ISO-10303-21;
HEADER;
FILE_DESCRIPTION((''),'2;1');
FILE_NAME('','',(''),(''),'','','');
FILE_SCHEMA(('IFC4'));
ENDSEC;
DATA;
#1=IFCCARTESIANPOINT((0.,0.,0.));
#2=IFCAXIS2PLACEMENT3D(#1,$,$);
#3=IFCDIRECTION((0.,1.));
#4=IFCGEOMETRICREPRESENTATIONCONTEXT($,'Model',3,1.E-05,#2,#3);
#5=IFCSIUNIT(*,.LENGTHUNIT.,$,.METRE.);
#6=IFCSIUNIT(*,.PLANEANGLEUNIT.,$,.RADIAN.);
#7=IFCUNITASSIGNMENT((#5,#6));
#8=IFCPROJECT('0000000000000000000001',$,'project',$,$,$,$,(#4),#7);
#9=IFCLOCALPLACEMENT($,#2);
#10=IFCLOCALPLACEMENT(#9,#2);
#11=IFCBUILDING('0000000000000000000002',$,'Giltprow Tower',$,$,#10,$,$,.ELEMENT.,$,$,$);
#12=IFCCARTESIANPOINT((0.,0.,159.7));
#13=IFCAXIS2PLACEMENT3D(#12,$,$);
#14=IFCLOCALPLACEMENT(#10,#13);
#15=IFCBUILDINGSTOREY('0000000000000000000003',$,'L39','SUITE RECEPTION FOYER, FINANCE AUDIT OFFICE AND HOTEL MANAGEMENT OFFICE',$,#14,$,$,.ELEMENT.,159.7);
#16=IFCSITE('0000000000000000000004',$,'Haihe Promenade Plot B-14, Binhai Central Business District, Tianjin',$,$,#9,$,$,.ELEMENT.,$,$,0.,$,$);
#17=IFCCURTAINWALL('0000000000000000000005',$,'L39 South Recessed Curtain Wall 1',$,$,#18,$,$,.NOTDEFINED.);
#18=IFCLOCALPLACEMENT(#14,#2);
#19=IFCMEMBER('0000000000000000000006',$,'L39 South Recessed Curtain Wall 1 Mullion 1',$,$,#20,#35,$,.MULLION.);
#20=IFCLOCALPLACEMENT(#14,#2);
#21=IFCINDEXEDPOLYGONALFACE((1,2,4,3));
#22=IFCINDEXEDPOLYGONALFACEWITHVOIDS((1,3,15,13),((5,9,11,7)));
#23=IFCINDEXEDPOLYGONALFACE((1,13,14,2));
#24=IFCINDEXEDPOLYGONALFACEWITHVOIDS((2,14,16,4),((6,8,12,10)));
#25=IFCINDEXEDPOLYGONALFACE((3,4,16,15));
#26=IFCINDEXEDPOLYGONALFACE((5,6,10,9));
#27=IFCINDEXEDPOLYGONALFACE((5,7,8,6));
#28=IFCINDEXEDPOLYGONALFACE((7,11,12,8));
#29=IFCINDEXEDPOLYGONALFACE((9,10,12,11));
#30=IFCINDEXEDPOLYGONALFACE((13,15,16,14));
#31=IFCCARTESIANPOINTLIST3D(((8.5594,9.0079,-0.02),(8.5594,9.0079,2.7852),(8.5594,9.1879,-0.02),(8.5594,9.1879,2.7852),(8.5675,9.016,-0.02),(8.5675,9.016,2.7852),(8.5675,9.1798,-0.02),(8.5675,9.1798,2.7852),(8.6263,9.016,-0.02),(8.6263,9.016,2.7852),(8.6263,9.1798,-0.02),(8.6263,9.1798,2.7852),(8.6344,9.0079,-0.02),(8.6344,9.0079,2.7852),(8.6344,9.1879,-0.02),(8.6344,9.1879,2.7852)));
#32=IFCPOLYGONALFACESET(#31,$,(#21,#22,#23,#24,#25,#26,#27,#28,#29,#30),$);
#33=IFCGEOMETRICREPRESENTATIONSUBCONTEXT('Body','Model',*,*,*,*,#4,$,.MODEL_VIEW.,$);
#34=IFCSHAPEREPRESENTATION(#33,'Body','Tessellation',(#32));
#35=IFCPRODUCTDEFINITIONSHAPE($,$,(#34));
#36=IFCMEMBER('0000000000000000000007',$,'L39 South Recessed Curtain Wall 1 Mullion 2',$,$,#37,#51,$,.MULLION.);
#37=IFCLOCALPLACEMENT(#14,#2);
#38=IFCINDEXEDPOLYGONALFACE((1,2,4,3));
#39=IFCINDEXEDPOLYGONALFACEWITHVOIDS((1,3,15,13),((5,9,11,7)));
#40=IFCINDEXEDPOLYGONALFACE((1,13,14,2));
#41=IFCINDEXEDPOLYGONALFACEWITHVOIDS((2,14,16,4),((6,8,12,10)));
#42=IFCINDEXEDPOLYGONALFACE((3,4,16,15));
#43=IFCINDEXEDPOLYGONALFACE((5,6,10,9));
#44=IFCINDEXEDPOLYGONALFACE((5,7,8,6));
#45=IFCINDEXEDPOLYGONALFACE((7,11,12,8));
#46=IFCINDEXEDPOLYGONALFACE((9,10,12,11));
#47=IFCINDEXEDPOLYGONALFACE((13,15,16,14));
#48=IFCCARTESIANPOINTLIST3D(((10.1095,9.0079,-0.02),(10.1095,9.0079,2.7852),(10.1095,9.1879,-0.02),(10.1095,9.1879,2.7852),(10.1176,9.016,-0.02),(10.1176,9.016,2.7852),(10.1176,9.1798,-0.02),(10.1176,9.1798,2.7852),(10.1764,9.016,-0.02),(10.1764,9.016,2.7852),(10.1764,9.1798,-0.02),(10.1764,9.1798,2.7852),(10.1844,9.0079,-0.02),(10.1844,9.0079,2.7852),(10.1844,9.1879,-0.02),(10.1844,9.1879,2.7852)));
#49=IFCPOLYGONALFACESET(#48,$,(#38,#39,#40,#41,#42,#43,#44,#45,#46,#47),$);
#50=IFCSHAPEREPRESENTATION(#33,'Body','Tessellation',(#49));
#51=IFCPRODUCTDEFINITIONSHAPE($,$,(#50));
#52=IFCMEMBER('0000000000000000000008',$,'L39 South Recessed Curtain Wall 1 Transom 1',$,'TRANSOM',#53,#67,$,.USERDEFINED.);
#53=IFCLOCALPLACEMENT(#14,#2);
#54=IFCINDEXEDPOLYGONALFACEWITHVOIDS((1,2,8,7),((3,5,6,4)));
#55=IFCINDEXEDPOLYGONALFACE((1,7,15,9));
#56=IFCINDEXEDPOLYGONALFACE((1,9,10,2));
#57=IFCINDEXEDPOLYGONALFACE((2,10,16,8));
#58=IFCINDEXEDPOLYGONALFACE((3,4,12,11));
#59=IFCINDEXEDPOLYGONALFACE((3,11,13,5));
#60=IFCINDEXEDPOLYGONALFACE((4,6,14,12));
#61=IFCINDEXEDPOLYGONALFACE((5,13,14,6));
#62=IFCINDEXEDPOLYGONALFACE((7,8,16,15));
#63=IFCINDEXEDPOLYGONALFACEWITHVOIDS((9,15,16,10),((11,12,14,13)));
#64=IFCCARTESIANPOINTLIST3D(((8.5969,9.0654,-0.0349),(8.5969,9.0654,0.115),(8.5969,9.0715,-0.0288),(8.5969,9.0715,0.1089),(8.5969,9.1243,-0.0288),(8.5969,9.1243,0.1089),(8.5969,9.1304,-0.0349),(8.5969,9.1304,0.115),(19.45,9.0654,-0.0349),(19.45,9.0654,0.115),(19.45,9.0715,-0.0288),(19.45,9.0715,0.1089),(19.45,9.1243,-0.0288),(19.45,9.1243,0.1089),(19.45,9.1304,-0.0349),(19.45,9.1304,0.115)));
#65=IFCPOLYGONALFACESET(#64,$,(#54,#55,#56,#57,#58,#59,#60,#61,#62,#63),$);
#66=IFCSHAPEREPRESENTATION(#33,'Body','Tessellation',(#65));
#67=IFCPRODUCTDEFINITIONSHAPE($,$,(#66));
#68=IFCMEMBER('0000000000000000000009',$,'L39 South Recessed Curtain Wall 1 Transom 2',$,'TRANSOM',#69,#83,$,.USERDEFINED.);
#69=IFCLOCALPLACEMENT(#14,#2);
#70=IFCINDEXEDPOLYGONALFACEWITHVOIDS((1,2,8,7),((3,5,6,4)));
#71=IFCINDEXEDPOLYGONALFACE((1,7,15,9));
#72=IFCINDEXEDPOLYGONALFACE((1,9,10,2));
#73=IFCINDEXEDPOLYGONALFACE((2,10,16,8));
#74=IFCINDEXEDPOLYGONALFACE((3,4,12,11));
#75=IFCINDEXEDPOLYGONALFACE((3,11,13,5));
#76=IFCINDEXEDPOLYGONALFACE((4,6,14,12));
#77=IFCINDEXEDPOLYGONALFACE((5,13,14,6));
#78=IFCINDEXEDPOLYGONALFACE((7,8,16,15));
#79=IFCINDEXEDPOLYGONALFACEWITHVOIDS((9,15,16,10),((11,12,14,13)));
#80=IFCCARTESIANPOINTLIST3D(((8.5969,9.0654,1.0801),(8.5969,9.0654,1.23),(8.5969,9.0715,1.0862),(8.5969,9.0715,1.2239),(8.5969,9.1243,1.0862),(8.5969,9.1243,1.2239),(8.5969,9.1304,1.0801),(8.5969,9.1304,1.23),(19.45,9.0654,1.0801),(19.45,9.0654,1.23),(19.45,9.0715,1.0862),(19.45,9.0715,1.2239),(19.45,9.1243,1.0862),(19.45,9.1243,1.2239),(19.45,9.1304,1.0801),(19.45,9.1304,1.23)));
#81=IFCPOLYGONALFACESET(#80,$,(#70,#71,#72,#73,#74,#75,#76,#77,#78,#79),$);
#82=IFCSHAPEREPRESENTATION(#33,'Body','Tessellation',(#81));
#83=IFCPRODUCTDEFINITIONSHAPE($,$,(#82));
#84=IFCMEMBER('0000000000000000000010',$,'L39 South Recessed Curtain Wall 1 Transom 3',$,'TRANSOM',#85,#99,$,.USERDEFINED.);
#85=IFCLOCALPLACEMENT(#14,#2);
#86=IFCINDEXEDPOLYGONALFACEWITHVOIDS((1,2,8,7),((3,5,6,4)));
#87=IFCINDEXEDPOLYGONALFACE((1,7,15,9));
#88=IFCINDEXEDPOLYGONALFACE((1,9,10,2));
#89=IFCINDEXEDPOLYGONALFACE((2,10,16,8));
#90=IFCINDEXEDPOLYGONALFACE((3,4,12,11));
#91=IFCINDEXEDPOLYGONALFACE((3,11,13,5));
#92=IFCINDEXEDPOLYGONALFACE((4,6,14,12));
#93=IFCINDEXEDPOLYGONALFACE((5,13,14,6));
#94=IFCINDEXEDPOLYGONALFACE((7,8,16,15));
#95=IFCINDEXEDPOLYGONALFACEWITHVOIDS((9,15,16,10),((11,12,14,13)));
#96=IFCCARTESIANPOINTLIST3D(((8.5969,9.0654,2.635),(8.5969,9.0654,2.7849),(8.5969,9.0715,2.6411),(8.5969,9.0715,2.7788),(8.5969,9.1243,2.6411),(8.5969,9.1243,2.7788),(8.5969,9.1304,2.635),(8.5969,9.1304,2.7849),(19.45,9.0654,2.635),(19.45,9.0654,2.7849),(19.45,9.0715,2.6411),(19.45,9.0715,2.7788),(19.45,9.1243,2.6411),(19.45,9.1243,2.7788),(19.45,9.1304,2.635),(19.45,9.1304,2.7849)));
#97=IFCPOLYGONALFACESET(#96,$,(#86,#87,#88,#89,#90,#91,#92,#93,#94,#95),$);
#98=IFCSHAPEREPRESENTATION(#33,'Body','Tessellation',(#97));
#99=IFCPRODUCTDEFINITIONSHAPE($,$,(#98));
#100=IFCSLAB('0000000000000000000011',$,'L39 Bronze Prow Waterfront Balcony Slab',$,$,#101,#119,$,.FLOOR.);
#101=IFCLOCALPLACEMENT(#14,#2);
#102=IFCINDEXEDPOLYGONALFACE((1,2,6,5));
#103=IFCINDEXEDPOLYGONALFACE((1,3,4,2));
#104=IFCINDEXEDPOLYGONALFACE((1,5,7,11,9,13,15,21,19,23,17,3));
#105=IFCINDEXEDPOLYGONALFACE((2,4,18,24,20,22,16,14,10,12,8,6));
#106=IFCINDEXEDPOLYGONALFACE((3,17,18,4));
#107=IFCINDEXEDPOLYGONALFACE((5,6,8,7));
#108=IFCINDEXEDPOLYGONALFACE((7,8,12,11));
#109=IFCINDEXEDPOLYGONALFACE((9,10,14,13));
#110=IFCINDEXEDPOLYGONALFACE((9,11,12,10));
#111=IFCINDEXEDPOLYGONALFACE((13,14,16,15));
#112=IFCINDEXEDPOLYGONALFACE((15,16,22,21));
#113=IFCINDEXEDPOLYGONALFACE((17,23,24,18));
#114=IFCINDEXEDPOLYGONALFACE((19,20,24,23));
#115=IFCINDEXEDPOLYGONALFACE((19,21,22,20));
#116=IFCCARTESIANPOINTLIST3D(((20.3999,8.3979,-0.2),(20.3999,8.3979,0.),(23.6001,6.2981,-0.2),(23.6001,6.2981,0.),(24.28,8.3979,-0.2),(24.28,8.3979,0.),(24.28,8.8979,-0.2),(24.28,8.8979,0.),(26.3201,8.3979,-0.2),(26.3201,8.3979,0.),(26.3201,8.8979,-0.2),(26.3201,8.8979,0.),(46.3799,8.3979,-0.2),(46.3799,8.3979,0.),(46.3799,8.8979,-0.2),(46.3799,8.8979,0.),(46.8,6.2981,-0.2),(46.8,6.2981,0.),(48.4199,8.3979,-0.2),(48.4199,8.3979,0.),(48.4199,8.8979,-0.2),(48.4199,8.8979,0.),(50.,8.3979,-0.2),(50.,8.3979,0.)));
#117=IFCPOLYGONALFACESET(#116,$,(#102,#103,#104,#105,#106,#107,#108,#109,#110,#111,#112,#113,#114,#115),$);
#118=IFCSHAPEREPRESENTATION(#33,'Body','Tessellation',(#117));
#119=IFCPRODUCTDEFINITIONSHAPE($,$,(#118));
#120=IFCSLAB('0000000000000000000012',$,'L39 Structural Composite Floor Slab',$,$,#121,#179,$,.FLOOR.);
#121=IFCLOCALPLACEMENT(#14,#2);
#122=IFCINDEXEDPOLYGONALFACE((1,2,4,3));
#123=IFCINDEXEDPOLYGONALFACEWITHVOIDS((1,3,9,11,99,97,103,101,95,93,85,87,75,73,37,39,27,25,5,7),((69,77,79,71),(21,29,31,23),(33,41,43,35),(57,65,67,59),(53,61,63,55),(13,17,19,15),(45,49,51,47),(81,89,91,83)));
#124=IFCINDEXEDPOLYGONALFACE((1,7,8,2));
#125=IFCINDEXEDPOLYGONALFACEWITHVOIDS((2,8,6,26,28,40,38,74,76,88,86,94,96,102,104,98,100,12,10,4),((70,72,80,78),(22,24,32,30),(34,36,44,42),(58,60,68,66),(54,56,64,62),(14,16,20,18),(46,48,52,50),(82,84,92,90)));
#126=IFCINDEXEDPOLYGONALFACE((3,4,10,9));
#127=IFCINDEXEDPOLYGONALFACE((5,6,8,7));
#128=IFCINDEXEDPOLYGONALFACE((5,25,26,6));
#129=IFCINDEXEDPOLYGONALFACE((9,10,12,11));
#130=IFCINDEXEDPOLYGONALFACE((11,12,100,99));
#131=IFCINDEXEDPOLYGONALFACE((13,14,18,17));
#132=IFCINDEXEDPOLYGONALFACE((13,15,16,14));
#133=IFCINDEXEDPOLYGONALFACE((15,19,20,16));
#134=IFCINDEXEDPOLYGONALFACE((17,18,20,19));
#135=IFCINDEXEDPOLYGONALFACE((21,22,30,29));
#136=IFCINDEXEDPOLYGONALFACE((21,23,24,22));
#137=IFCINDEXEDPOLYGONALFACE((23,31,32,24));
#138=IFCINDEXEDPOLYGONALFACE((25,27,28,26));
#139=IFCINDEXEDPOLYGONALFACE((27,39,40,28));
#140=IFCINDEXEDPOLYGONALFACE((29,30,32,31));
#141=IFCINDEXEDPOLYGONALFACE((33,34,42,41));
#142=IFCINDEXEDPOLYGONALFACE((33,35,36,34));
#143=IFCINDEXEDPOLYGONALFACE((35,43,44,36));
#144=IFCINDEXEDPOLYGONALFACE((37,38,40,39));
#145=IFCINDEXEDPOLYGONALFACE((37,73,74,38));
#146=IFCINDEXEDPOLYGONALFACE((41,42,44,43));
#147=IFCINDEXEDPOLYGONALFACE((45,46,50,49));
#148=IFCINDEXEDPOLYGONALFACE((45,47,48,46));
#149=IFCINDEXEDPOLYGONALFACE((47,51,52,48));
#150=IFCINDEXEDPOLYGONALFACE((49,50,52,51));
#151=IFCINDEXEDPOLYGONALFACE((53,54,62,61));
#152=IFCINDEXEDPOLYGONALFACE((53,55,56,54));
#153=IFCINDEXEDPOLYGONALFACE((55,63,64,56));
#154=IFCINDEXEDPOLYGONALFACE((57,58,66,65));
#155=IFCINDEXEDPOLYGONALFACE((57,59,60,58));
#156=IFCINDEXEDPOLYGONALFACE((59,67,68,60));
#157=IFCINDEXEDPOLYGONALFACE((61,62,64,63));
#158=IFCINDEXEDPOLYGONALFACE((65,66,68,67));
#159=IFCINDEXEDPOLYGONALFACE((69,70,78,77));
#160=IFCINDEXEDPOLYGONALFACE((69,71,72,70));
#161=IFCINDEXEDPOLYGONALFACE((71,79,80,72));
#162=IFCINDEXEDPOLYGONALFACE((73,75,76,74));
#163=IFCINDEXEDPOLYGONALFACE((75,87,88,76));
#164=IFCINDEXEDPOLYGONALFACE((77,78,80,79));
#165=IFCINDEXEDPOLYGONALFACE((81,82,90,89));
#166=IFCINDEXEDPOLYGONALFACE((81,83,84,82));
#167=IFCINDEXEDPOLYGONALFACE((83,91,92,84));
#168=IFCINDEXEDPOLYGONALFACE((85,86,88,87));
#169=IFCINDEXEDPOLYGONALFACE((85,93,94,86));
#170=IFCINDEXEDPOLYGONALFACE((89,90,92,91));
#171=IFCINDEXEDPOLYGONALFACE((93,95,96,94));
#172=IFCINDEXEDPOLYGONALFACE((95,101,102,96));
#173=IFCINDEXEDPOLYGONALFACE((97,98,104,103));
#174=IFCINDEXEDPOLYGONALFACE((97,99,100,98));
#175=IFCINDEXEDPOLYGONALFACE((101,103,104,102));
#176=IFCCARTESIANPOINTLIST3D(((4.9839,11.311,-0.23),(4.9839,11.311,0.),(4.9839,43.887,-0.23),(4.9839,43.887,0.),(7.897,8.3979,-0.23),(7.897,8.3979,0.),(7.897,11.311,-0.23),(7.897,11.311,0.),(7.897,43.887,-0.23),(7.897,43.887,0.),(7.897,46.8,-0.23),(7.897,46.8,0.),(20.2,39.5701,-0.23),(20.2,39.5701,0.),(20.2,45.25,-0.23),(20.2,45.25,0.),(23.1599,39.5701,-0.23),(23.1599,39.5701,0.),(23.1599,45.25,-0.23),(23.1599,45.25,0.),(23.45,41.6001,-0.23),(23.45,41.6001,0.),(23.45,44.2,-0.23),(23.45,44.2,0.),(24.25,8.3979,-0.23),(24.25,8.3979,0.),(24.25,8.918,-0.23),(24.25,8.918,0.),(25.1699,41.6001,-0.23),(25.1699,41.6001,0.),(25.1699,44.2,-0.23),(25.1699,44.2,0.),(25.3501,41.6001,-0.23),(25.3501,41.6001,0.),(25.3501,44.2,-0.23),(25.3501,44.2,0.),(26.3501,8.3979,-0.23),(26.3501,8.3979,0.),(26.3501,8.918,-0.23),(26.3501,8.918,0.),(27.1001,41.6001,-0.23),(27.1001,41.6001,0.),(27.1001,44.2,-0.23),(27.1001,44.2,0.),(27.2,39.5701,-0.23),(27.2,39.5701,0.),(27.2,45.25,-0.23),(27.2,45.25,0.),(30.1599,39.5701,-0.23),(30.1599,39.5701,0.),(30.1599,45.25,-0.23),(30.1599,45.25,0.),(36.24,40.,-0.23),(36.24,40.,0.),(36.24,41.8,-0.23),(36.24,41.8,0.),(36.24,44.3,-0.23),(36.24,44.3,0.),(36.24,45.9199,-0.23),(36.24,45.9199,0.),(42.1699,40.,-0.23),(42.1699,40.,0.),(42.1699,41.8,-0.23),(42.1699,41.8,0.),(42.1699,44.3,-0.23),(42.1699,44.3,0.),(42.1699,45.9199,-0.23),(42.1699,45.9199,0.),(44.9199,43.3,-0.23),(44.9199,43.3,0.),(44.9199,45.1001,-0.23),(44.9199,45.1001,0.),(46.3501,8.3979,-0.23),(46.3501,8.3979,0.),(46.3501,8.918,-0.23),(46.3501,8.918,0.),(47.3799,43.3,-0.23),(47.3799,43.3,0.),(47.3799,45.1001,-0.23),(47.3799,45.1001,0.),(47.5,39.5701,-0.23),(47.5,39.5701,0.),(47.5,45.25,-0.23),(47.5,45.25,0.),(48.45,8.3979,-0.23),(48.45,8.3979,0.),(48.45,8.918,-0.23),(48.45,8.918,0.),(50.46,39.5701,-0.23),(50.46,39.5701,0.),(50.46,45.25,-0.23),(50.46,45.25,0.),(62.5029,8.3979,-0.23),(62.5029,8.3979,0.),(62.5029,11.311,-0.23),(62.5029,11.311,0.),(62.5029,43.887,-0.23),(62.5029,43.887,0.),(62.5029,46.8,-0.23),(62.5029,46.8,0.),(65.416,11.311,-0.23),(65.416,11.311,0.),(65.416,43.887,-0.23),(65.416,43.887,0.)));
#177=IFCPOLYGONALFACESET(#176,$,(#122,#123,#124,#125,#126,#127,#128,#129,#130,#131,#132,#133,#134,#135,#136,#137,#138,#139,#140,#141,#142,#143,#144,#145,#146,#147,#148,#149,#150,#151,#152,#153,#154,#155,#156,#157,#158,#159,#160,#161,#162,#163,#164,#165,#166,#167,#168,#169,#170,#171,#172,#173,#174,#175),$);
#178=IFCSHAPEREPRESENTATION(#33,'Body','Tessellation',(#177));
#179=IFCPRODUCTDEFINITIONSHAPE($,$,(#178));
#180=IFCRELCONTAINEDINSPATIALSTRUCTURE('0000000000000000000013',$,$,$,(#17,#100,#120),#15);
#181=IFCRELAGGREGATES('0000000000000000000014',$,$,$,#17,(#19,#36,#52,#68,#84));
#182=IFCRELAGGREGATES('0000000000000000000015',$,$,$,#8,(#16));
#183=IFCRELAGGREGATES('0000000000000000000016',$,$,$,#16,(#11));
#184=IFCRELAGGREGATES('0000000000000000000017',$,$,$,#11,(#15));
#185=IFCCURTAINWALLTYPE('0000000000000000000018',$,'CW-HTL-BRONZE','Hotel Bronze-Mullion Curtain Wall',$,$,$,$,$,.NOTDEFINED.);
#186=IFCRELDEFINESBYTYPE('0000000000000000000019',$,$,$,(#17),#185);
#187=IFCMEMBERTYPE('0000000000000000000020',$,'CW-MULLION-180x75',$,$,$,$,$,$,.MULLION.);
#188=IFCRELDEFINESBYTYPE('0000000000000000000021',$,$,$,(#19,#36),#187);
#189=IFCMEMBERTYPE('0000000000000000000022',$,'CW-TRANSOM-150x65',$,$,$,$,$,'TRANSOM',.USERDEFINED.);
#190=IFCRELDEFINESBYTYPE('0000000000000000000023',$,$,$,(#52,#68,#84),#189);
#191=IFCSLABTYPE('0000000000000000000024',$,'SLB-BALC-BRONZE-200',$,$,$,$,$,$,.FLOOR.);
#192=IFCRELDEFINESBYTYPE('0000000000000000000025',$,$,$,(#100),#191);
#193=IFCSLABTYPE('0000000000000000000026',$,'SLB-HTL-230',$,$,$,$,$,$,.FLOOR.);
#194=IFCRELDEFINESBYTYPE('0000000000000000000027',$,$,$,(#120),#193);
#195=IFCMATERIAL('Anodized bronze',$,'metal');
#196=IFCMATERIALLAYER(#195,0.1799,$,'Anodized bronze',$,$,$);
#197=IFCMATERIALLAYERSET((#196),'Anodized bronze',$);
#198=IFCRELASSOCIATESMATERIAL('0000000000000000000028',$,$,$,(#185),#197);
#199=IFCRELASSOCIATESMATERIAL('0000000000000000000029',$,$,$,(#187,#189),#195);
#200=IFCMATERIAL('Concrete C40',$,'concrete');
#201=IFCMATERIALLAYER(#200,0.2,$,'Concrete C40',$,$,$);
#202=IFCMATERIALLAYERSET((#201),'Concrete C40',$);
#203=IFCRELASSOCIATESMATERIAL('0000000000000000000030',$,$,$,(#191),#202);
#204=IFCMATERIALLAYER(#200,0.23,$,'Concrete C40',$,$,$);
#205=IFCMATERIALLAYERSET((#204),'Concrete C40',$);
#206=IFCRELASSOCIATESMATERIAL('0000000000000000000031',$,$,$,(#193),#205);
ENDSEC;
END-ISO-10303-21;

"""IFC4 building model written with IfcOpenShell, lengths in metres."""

from ifc_helpers import new_model, si_unit, direction, frame, origin, origin_2d, place, context, subcontext, project, spatial, polyline, hollow_rectangle, outline, extrude, source, transform, mapped, material, layer, layer_set, material_profile, profile_set, type_object, element, aggregate, save


model = new_model("IFC4")

# Units and contexts
model_context = context("Model", 3, precision=1e-05, world=origin(), true_north=direction((0.0, 1.0)))
body_context = subcontext(model_context, "Body", "Model", "MODEL_VIEW")
ifc_project = project(units=[si_unit("LENGTHUNIT", "METRE"), si_unit("PLANEANGLEUNIT", "RADIAN")], contexts=[model_context])

# Site, building, storey
site_placement = place(None, origin())
site = spatial("IfcSite", under=ifc_project, at=site_placement, Name="Haihe Promenade Plot B-14, Binhai Central Business District, Tianjin", CompositionType="ELEMENT", RefElevation=0.0)
building_placement = place(site_placement, origin())
building = spatial("IfcBuilding", under=site, at=building_placement, Name="Giltprow Tower", CompositionType="ELEMENT")
storey_placement = place(building_placement, frame((0.0, 0.0, 159.7)))
storey = spatial("IfcBuildingStorey", under=building, at=storey_placement, Name="L39", Description="SUITE RECEPTION FOYER, FINANCE AUDIT OFFICE AND HOTEL MANAGEMENT OFFICE", CompositionType="ELEMENT", Elevation=159.7)

# Curtain wall, members
ifc_material_1 = material(Name="Anodized bronze", Category="metal")
ifc_layer_1 = layer(ifc_material_1, 0.1799, Name="Anodized bronze")
ifc_layer_set_1 = layer_set([ifc_layer_1], Name="Anodized bronze")
curtain_wall_type = type_object("IfcCurtainWallType", Name="CW-HTL-BRONZE", Description="Hotel Bronze-Mullion Curtain Wall", PredefinedType="NOTDEFINED", material=ifc_layer_set_1)
curtain_wall_placement = place(storey_placement, origin())
curtain_wall = element("IfcCurtainWall", 1, at=curtain_wall_placement, inside=storey, type_object=curtain_wall_type, Name="L39 South Recessed Curtain Wall 1", PredefinedType="NOTDEFINED")
ifc_material_profile_1 = material_profile(ifc_material_1, hollow_rectangle(XDim=0.075, YDim=0.1799, WallThickness=0.0081, at=origin_2d()), Name="RHS 180x75x8")
ifc_profile_set_1 = profile_set([ifc_material_profile_1], Name="Anodized bronze")
member_type_1 = type_object("IfcMemberType", Name="CW-MULLION-180x75", PredefinedType="MULLION", material=ifc_profile_set_1)
shared_shape_1 = source(origin(), body_context, "Body", "SweptSolid", [
    extrude(hollow_rectangle(XDim=0.075, YDim=0.1799, WallThickness=0.0081, at=origin_2d()), origin(), (0.0, 0.0, 1.0), 2.8052),
])
member_1_placement = place(storey_placement, frame((8.5969, 9.0979, -0.02), z_axis=(0.0, 0.0, 1.0), x_axis=(1.0, 0.0, 0.0)))
member_1 = element("IfcMember", 2, at=member_1_placement, type_object=member_type_1, Name="L39 South Recessed Curtain Wall 1 Mullion 1", PredefinedType="MULLION", context=body_context, shape_type="MappedRepresentation", body=[
    mapped(shared_shape_1, transform((0.0, 0.0, 0.0), x_axis=(1.0, 0.0, 0.0), y_axis=(0.0, 1.0, 0.0), z_axis=(0.0, 0.0, 1.0), scale=1.0)),
])
member_2_placement = place(storey_placement, frame((10.147, 9.0979, -0.02), z_axis=(0.0, 0.0, 1.0), x_axis=(1.0, 0.0, 0.0)))
member_2 = element("IfcMember", 3, at=member_2_placement, type_object=member_type_1, Name="L39 South Recessed Curtain Wall 1 Mullion 2", PredefinedType="MULLION", context=body_context, shape_type="MappedRepresentation", body=[
    mapped(shared_shape_1, transform((0.0, 0.0, 0.0), x_axis=(1.0, 0.0, 0.0), y_axis=(0.0, 1.0, 0.0), z_axis=(0.0, 0.0, 1.0), scale=1.0)),
])
ifc_material_profile_2 = material_profile(ifc_material_1, hollow_rectangle(XDim=0.0649, YDim=0.1499, WallThickness=0.0061, at=origin_2d()), Name="RHS 150x65x6")
ifc_profile_set_2 = profile_set([ifc_material_profile_2], Name="Anodized bronze")
member_type_2 = type_object("IfcMemberType", Name="CW-TRANSOM-150x65", ElementType="TRANSOM", PredefinedType="USERDEFINED", material=ifc_profile_set_2)
shared_shape_2 = source(origin(), body_context, "Body", "SweptSolid", [
    extrude(hollow_rectangle(XDim=0.0649, YDim=0.1499, WallThickness=0.0061, at=origin_2d()), origin(), (0.0, 0.0, 1.0), 10.853),
])
member_3_placement = place(storey_placement, frame((8.5969, 9.0979, 0.04), z_axis=(1.0, 0.0, 0.0), x_axis=(0.0, 1.0, 0.0)))
member_3 = element("IfcMember", 4, at=member_3_placement, type_object=member_type_2, Name="L39 South Recessed Curtain Wall 1 Transom 1", ObjectType="TRANSOM", PredefinedType="USERDEFINED", context=body_context, shape_type="MappedRepresentation", body=[
    mapped(shared_shape_2, transform((0.0, 0.0, 0.0), x_axis=(1.0, 0.0, 0.0), y_axis=(0.0, 1.0, 0.0), z_axis=(0.0, 0.0, 1.0), scale=1.0)),
])
member_4_placement = place(storey_placement, frame((8.5969, 9.0979, 1.155), z_axis=(1.0, 0.0, 0.0), x_axis=(0.0, 1.0, 0.0)))
member_4 = element("IfcMember", 5, at=member_4_placement, type_object=member_type_2, Name="L39 South Recessed Curtain Wall 1 Transom 2", ObjectType="TRANSOM", PredefinedType="USERDEFINED", context=body_context, shape_type="MappedRepresentation", body=[
    mapped(shared_shape_2, transform((0.0, 0.0, 0.0), x_axis=(1.0, 0.0, 0.0), y_axis=(0.0, 1.0, 0.0), z_axis=(0.0, 0.0, 1.0), scale=1.0)),
])
member_5_placement = place(storey_placement, frame((8.5969, 9.0979, 2.71), z_axis=(1.0, 0.0, 0.0), x_axis=(0.0, 1.0, 0.0)))
member_5 = element("IfcMember", 6, at=member_5_placement, type_object=member_type_2, Name="L39 South Recessed Curtain Wall 1 Transom 3", ObjectType="TRANSOM", PredefinedType="USERDEFINED", context=body_context, shape_type="MappedRepresentation", body=[
    mapped(shared_shape_2, transform((0.0, 0.0, 0.0), x_axis=(1.0, 0.0, 0.0), y_axis=(0.0, 1.0, 0.0), z_axis=(0.0, 0.0, 1.0), scale=1.0)),
])

# Slabs
ifc_material_2 = material(Name="Concrete C40", Category="concrete")
ifc_layer_2 = layer(ifc_material_2, 0.2, Name="Concrete C40")
ifc_layer_set_2 = layer_set([ifc_layer_2], Name="Concrete C40")
slab_type_1 = type_object("IfcSlabType", Name="SLB-BALC-BRONZE-200", PredefinedType="FLOOR", material=ifc_layer_set_2)
slab_1_placement = place(storey_placement, frame((0.0, 0.0, -0.2)))
element("IfcSlab", 7, at=slab_1_placement, inside=storey, type_object=slab_type_1, Name="L39 Bronze Prow Waterfront Balcony Slab", PredefinedType="FLOOR", context=body_context, shape_type="SweptSolid", body=[
    extrude(outline(polyline([(50.0, 8.3979), (46.8, 6.2981), (23.6001, 6.2981), (20.3999, 8.3979), (24.28, 8.3979), (24.28, 8.8979), (26.3201, 8.8979), (26.3201, 8.3979), (46.3799, 8.3979), (46.3799, 8.8979), (48.4199, 8.8979), (48.4199, 8.3979), (50.0, 8.3979)])), origin(), (0.0, 0.0, 1.0), 0.2),
])
ifc_layer_3 = layer(ifc_material_2, 0.23, Name="Concrete C40")
ifc_layer_set_3 = layer_set([ifc_layer_3], Name="Concrete C40")
slab_type_2 = type_object("IfcSlabType", Name="SLB-HTL-230", PredefinedType="FLOOR", material=ifc_layer_set_3)
slab_2_placement = place(storey_placement, frame((0.0, 0.0, -0.23)))
element("IfcSlab", 8, at=slab_2_placement, inside=storey, type_object=slab_type_2, Name="L39 Structural Composite Floor Slab", PredefinedType="FLOOR", context=body_context, shape_type="SweptSolid", body=[
    extrude(outline(polyline([(7.897, 8.3979), (7.897, 11.311), (4.9839, 11.311), (4.9839, 43.887), (7.897, 43.887), (7.897, 46.8), (62.5029, 46.8), (62.5029, 43.887), (65.416, 43.887), (65.416, 11.311), (62.5029, 11.311), (62.5029, 8.3979), (48.45, 8.3979), (48.45, 8.918), (46.3501, 8.918), (46.3501, 8.3979), (26.3501, 8.3979), (26.3501, 8.918), (24.25, 8.918), (24.25, 8.3979), (7.897, 8.3979)]), holes=[polyline([(42.1699, 41.8), (36.24, 41.8), (36.24, 40.0), (42.1699, 40.0), (42.1699, 41.8)]), polyline([(23.1599, 39.5701), (23.1599, 45.25), (20.2, 45.25), (20.2, 39.5701), (23.1599, 39.5701)]), polyline([(30.1599, 39.5701), (30.1599, 45.25), (27.2, 45.25), (27.2, 39.5701), (30.1599, 39.5701)]), polyline([(50.46, 45.25), (47.5, 45.25), (47.5, 39.5701), (50.46, 39.5701), (50.46, 45.25)]), polyline([(25.1699, 44.2), (23.45, 44.2), (23.45, 41.6001), (25.1699, 41.6001), (25.1699, 44.2)]), polyline([(27.1001, 44.2), (25.3501, 44.2), (25.3501, 41.6001), (27.1001, 41.6001), (27.1001, 44.2)]), polyline([(47.3799, 43.3), (47.3799, 45.1001), (44.9199, 45.1001), (44.9199, 43.3), (47.3799, 43.3)]), polyline([(42.1699, 44.3), (42.1699, 45.9199), (36.24, 45.9199), (36.24, 44.3), (42.1699, 44.3)])]), origin(), (0.0, 0.0, 1.0), 0.23),
])

aggregate(curtain_wall, [member_1, member_2, member_3, member_4, member_5])

save(model, "model.ifc")
